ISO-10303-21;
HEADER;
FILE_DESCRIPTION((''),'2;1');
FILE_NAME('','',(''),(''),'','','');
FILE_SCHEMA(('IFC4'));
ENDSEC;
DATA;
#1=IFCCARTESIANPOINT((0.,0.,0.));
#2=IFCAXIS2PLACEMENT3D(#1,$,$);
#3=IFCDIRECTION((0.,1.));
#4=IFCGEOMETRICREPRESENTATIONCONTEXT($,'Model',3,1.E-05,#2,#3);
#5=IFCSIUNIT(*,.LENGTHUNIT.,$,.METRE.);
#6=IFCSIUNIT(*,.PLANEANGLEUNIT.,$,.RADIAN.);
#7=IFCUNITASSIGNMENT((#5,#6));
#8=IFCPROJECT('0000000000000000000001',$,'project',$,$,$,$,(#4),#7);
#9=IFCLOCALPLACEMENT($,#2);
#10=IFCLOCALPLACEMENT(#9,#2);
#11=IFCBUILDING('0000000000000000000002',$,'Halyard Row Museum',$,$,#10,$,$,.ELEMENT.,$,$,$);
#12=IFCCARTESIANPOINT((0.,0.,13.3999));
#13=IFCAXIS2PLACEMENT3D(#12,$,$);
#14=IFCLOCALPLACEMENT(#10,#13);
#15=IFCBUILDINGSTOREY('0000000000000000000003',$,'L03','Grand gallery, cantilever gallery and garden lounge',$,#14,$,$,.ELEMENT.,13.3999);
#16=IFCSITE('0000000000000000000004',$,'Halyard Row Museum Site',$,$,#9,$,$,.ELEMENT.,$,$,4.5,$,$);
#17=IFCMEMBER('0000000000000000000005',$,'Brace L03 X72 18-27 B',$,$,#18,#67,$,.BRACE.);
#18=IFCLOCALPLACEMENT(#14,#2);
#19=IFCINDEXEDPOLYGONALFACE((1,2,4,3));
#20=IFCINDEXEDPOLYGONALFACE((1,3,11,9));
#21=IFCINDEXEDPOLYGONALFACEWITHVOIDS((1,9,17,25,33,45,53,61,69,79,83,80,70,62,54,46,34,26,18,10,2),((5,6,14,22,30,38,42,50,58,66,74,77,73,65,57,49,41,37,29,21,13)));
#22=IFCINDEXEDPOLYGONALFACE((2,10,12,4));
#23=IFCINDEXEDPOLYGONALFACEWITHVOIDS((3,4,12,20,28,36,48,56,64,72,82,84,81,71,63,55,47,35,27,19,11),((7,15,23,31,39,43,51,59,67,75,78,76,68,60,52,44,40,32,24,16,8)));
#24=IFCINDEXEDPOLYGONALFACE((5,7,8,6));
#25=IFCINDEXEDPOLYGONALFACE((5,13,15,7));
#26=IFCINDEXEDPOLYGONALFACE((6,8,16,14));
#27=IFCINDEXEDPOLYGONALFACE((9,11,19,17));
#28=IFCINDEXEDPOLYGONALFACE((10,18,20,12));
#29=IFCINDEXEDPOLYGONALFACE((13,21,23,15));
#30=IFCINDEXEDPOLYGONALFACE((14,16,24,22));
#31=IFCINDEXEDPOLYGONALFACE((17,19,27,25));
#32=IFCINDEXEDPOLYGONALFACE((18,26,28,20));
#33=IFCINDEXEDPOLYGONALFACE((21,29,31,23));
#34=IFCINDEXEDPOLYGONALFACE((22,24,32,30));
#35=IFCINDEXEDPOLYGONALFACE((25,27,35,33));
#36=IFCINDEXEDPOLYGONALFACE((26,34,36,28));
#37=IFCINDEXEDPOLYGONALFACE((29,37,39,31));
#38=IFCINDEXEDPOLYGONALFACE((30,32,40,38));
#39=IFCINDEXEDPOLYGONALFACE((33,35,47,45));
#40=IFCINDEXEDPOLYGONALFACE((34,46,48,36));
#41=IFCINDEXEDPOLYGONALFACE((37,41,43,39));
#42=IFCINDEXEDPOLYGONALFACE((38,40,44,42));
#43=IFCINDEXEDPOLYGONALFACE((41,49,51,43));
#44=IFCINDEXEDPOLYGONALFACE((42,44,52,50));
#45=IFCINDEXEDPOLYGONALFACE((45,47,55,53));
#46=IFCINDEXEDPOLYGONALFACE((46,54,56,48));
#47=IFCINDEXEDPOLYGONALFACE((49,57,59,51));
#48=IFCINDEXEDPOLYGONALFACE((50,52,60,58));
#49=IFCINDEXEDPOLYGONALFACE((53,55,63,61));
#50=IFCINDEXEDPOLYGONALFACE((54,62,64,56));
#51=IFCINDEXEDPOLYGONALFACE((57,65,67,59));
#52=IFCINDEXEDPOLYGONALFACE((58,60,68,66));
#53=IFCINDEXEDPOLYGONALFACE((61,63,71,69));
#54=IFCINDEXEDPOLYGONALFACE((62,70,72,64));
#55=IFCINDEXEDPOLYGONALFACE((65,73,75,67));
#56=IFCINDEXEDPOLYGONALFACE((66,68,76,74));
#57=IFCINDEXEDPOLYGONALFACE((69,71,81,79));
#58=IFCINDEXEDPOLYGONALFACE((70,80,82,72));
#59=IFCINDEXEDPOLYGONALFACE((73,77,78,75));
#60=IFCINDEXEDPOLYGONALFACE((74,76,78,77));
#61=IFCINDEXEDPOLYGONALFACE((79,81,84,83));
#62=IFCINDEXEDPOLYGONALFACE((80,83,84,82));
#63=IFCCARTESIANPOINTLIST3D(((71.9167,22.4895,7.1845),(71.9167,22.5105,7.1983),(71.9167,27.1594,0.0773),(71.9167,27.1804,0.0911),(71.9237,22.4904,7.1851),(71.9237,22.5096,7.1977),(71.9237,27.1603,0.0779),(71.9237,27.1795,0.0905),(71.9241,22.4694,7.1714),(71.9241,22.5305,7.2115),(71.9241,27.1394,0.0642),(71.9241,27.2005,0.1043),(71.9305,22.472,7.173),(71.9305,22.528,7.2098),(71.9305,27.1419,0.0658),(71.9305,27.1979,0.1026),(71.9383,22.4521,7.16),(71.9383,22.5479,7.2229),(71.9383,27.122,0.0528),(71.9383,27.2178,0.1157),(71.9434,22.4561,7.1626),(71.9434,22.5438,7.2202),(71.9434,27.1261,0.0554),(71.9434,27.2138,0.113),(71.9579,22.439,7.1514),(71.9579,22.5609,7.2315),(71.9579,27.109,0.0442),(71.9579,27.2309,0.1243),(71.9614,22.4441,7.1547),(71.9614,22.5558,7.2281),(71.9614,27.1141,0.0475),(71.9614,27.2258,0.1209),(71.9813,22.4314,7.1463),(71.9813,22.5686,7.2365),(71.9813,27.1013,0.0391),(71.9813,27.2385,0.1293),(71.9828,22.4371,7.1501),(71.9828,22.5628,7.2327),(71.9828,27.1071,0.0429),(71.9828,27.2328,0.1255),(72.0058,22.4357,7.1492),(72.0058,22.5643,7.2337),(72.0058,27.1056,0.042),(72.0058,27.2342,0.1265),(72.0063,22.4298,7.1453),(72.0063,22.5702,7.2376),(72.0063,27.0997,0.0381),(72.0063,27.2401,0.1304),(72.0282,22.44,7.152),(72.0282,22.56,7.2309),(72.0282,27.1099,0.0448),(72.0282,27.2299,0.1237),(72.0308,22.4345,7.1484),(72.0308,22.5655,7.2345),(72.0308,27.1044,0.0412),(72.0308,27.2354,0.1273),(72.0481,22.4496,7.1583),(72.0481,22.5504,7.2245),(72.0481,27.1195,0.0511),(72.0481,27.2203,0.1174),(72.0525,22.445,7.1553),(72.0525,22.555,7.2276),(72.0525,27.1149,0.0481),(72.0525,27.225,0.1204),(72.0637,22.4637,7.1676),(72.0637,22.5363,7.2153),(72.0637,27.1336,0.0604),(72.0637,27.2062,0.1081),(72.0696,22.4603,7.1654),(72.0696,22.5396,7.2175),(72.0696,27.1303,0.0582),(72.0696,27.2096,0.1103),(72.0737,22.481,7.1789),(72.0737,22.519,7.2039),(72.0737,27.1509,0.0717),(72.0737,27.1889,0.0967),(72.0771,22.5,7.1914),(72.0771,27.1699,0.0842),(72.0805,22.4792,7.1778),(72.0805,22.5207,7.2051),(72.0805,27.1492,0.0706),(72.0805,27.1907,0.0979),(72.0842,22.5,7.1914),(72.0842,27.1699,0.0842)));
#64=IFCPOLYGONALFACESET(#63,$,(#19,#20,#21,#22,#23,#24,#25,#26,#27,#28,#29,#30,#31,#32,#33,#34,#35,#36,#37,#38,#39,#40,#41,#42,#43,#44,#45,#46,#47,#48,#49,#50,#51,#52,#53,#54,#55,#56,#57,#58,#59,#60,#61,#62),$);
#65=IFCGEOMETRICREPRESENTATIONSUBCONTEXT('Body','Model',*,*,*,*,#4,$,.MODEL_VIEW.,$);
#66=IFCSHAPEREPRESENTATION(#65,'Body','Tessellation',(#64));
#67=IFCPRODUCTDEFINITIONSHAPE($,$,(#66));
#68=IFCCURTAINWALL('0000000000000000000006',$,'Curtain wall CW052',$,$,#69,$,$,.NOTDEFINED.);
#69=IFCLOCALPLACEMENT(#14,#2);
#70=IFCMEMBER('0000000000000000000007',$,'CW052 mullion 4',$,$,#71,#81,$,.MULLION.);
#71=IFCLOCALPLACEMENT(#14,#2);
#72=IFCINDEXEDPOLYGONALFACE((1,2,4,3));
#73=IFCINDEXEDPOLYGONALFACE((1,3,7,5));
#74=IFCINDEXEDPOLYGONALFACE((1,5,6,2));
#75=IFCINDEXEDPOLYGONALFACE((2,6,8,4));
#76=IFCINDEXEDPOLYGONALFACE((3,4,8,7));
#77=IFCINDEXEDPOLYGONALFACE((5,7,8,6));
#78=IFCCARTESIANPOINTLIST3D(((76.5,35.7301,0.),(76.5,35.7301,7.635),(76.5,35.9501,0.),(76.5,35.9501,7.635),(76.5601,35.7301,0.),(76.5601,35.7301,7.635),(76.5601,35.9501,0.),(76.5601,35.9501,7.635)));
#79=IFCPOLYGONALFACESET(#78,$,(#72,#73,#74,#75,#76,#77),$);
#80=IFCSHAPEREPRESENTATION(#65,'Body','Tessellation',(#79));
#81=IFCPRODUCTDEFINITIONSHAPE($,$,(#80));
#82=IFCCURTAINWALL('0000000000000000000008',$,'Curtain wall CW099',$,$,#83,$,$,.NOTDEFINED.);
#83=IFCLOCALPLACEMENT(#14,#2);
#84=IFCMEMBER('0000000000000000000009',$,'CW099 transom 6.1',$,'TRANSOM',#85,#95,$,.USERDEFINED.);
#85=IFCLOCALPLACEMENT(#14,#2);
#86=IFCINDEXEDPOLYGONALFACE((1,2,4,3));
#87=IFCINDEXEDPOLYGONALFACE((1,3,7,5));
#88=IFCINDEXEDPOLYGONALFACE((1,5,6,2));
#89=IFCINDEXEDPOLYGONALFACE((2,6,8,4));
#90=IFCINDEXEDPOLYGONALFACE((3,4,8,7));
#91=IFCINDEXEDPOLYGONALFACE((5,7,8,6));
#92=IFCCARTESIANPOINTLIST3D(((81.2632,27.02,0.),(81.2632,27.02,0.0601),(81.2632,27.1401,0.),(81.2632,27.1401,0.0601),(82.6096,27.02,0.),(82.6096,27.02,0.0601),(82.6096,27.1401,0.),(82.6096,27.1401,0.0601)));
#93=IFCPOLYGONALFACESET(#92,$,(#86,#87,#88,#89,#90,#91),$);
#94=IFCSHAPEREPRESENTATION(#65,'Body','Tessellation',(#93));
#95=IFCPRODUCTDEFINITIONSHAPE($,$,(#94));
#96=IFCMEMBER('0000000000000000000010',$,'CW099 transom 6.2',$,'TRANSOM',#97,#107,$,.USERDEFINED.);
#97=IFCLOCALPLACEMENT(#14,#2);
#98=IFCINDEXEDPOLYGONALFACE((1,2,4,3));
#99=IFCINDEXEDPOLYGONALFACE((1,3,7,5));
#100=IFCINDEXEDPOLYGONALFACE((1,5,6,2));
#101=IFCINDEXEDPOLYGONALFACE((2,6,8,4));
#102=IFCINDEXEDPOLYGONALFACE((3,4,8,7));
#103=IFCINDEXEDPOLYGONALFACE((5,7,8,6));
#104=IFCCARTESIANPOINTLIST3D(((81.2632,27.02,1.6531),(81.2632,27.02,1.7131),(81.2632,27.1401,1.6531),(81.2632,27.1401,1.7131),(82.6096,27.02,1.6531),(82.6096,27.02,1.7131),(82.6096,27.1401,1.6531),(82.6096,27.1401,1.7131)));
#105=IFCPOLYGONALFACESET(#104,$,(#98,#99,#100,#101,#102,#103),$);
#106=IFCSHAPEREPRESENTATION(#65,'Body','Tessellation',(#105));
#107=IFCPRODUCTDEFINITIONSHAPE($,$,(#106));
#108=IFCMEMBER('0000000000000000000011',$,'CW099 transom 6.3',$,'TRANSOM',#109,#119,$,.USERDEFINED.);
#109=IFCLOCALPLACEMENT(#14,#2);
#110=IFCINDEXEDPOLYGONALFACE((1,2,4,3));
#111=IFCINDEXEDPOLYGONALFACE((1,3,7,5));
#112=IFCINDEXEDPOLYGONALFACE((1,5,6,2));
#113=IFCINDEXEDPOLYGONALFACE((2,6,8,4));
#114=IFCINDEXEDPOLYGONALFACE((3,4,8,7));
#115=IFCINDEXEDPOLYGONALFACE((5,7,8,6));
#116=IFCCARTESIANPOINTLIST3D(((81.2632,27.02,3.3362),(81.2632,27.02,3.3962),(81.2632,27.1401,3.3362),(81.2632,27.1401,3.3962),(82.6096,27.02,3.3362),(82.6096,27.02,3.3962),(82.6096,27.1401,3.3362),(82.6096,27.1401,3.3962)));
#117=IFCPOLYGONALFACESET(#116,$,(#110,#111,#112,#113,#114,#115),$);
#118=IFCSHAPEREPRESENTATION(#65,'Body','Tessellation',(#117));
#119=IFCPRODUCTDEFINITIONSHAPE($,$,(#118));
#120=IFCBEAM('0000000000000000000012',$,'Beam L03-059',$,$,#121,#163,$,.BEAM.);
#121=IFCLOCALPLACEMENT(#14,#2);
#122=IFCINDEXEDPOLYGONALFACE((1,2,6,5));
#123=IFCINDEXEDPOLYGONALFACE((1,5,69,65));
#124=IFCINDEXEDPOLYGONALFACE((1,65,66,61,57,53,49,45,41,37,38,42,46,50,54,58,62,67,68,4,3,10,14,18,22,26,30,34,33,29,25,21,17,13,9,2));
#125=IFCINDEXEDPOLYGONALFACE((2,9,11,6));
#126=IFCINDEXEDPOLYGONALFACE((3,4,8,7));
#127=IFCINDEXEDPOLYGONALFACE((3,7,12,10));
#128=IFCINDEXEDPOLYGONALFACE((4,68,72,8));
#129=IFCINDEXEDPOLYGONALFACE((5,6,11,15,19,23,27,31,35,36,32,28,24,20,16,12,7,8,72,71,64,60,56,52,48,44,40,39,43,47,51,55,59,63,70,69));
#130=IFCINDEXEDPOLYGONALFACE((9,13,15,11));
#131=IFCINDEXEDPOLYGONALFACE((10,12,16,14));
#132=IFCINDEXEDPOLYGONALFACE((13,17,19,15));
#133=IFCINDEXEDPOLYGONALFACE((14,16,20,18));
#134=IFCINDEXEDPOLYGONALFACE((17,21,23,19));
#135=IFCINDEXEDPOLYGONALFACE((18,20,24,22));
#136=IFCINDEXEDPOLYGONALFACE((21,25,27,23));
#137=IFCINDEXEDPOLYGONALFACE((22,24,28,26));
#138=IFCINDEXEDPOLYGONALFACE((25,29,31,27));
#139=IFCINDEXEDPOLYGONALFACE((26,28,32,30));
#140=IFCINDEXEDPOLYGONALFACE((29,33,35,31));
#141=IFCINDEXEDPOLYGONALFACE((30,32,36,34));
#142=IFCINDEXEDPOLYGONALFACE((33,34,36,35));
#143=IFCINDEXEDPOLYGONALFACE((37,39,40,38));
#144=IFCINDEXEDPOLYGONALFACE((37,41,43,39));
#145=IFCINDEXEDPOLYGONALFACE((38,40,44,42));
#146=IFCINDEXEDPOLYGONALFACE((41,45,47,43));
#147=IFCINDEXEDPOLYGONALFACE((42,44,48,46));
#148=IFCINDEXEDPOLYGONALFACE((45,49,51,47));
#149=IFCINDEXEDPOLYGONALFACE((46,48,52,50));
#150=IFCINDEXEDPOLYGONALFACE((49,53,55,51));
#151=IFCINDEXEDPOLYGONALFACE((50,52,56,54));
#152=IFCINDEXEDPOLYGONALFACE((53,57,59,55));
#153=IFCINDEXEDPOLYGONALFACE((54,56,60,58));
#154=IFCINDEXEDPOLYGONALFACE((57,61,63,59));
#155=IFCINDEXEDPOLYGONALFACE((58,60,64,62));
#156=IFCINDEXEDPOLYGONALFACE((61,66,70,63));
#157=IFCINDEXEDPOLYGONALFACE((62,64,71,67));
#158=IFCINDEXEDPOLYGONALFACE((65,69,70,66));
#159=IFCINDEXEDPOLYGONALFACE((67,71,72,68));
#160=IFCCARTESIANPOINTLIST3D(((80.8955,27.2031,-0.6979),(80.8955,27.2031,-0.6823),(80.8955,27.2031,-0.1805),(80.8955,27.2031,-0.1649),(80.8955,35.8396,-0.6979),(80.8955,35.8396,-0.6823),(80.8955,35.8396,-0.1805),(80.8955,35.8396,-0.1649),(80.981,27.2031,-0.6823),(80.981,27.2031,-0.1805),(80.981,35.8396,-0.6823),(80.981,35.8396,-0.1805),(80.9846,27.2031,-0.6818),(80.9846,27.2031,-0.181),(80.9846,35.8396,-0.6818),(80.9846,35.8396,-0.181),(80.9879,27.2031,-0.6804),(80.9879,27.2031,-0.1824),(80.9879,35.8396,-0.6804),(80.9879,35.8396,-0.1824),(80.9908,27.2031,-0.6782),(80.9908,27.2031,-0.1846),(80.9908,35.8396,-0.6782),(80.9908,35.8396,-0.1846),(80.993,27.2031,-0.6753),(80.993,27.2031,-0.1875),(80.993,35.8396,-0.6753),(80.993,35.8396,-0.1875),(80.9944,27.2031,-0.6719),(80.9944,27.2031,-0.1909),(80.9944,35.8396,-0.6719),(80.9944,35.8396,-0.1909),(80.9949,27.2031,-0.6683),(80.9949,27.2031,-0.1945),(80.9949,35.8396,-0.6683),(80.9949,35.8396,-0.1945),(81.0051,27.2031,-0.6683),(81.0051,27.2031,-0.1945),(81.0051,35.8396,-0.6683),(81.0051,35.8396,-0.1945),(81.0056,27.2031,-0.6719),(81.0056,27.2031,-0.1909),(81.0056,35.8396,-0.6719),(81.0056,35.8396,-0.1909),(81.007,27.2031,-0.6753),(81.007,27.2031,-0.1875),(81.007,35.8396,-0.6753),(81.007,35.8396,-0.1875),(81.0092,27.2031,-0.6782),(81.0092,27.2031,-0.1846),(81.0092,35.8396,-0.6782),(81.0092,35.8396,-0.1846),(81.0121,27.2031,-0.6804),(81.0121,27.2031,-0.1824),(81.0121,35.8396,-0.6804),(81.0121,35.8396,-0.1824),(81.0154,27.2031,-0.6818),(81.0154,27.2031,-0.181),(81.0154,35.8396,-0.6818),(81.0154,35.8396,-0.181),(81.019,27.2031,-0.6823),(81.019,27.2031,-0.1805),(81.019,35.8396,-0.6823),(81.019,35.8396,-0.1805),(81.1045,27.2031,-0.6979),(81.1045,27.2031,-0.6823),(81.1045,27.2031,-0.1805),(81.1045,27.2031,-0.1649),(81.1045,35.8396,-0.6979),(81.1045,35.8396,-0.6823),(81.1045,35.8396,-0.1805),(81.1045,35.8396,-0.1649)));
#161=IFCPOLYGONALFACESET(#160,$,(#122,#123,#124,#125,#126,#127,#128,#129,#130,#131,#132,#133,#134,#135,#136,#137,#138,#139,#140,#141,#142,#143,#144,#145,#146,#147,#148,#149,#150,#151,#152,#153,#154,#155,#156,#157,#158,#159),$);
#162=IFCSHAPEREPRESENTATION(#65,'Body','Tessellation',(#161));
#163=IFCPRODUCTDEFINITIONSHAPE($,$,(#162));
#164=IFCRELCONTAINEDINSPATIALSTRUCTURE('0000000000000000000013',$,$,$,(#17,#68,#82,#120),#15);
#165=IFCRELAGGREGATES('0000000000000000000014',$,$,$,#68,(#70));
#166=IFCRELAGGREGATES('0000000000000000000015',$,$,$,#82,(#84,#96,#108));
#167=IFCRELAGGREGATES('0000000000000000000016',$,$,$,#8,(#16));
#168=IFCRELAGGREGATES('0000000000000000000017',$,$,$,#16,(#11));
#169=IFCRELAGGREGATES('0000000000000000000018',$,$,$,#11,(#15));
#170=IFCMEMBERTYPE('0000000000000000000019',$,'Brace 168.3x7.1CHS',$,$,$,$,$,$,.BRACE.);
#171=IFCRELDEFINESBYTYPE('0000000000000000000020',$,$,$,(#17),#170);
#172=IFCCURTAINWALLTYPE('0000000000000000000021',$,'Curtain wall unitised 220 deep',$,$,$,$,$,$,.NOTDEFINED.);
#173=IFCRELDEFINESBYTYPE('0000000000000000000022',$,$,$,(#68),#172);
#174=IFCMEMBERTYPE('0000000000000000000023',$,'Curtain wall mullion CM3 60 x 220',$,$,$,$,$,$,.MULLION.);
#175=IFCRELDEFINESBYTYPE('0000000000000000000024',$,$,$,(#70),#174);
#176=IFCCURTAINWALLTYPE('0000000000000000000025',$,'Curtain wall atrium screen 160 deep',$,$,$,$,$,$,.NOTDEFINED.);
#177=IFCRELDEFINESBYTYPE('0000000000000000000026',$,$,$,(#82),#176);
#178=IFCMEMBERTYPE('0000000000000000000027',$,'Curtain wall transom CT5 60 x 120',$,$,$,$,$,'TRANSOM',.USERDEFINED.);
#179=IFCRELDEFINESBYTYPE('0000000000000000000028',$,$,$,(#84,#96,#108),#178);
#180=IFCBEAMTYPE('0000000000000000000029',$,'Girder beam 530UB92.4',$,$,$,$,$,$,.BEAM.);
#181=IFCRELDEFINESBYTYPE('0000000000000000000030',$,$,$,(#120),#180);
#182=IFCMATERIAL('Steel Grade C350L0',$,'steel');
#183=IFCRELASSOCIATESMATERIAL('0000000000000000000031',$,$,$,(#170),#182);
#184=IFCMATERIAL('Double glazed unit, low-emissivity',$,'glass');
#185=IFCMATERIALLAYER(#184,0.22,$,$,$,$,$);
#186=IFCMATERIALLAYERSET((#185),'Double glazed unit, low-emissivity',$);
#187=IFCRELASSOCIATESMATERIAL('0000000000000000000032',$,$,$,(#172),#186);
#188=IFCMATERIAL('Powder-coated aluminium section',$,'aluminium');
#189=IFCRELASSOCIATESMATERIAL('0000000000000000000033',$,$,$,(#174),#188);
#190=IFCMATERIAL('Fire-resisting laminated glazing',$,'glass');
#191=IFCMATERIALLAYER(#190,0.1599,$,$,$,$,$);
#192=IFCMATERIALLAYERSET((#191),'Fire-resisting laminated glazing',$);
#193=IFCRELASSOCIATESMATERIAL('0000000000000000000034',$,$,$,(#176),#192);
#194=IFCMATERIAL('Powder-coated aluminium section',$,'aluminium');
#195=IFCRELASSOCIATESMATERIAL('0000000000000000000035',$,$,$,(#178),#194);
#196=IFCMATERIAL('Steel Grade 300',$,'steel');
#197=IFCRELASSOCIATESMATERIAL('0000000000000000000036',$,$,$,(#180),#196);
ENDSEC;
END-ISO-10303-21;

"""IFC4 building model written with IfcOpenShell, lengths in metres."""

from ifc_helpers import new_model, si_unit, direction, frame, origin, origin_2d, place, context, subcontext, project, spatial, rectangle, hollow_circle, i_section, extrude, material, layer, layer_set, material_profile, profile_set, type_object, element, aggregate, save


model = new_model("IFC4")

# Units and contexts
model_context = context("Model", 3, precision=1e-05, world=origin(), true_north=direction((0.0, 1.0)))
body_context = subcontext(model_context, "Body", "Model", "MODEL_VIEW")
ifc_project = project(units=[si_unit("LENGTHUNIT", "METRE"), si_unit("PLANEANGLEUNIT", "RADIAN")], contexts=[model_context])

# Site, building, storey
site_placement = place(None, origin())
site = spatial("IfcSite", under=ifc_project, at=site_placement, Name="Halyard Row Museum Site", CompositionType="ELEMENT", RefElevation=4.5)
building_placement = place(site_placement, origin())
building = spatial("IfcBuilding", under=site, at=building_placement, Name="Halyard Row Museum", CompositionType="ELEMENT")
storey_placement = place(building_placement, frame((0.0, 0.0, 13.3999)))
storey = spatial("IfcBuildingStorey", under=building, at=storey_placement, Name="L03", Description="Grand gallery, cantilever gallery and garden lounge", CompositionType="ELEMENT", Elevation=13.3999)

# Member
ifc_material_1 = material(Name="Steel Grade C350L0", Category="steel")
ifc_material_profile_1 = material_profile(ifc_material_1, hollow_circle(Radius=0.0842, WallThickness=0.0071, at=origin_2d()), Name="168.3x7.1CHS")
ifc_profile_set_1 = profile_set([ifc_material_profile_1], Name="Steel Grade C350L0")
member_type_1 = type_object("IfcMemberType", Name="Brace 168.3x7.1CHS", PredefinedType="BRACE", material=ifc_profile_set_1)
member_1_placement = place(storey_placement, frame((72.0, 27.1699, 0.0842), z_axis=(0.0, -0.549136, 0.835733), x_axis=(1.0, 0.0, 0.0)))
element("IfcMember", 1, at=member_1_placement, inside=storey, type_object=member_type_1, Name="Brace L03 X72 18-27 B", PredefinedType="BRACE", context=body_context, shape_type="SweptSolid", body=[
    extrude(hollow_circle(Radius=0.0842, WallThickness=0.0071, at=origin_2d()), origin(), (0.0, 0.0, 1.0), 8.5042),
])

# Curtain wall, member
ifc_material_2 = material(Name="Double glazed unit, low-emissivity", Category="glass")
ifc_layer_1 = layer(ifc_material_2, 0.22)
ifc_layer_set_1 = layer_set([ifc_layer_1], Name="Double glazed unit, low-emissivity")
curtain_wall_type_1 = type_object("IfcCurtainWallType", Name="Curtain wall unitised 220 deep", PredefinedType="NOTDEFINED", material=ifc_layer_set_1)
curtain_wall_1_placement = place(storey_placement, origin())
curtain_wall_1 = element("IfcCurtainWall", 2, at=curtain_wall_1_placement, inside=storey, type_object=curtain_wall_type_1, Name="Curtain wall CW052", PredefinedType="NOTDEFINED")
ifc_material_3 = material(Name="Powder-coated aluminium section", Category="aluminium")
ifc_material_profile_2 = material_profile(ifc_material_3, rectangle(XDim=0.22, YDim=0.0601, at=origin_2d()), Name="220x60 mullion")
ifc_profile_set_2 = profile_set([ifc_material_profile_2], Name="Powder-coated aluminium section")
member_type_2 = type_object("IfcMemberType", Name="Curtain wall mullion CM3 60 x 220", PredefinedType="MULLION", material=ifc_profile_set_2)
member_2_placement = place(storey_placement, frame((76.53, 35.8401, 0.0), z_axis=(0.0, 0.0, 1.0), x_axis=(0.0, -1.0, 0.0)))
member_2 = element("IfcMember", 3, at=member_2_placement, type_object=member_type_2, Name="CW052 mullion 4", PredefinedType="MULLION", context=body_context, shape_type="SweptSolid", body=[
    extrude(rectangle(XDim=0.22, YDim=0.0601, at=origin_2d()), origin(), (0.0, 0.0, 1.0), 7.635),
])

# Curtain wall, members
ifc_material_4 = material(Name="Fire-resisting laminated glazing", Category="glass")
ifc_layer_2 = layer(ifc_material_4, 0.1599)
ifc_layer_set_2 = layer_set([ifc_layer_2], Name="Fire-resisting laminated glazing")
curtain_wall_type_2 = type_object("IfcCurtainWallType", Name="Curtain wall atrium screen 160 deep", PredefinedType="NOTDEFINED", material=ifc_layer_set_2)
curtain_wall_2_placement = place(storey_placement, origin())
curtain_wall_2 = element("IfcCurtainWall", 4, at=curtain_wall_2_placement, inside=storey, type_object=curtain_wall_type_2, Name="Curtain wall CW099", PredefinedType="NOTDEFINED")
ifc_material_5 = material(Name="Powder-coated aluminium section", Category="aluminium")
ifc_material_profile_3 = material_profile(ifc_material_5, rectangle(XDim=0.1201, YDim=0.0601, at=origin_2d()), Name="120x60 transom")
ifc_profile_set_3 = profile_set([ifc_material_profile_3], Name="Powder-coated aluminium section")
member_type_3 = type_object("IfcMemberType", Name="Curtain wall transom CT5 60 x 120", ElementType="TRANSOM", PredefinedType="USERDEFINED", material=ifc_profile_set_3)
member_3_placement = place(storey_placement, frame((82.6096, 27.0801, 0.03), z_axis=(-1.0, 0.0, 0.0), x_axis=(0.0, -1.0, 0.0)))
member_3 = element("IfcMember", 5, at=member_3_placement, type_object=member_type_3, Name="CW099 transom 6.1", ObjectType="TRANSOM", PredefinedType="USERDEFINED", context=body_context, shape_type="SweptSolid", body=[
    extrude(rectangle(XDim=0.1201, YDim=0.0601, at=origin_2d()), origin(), (0.0, 0.0, 1.0), 1.3464),
])
member_4_placement = place(storey_placement, frame((82.6096, 27.0801, 1.6831), z_axis=(-1.0, 0.0, 0.0), x_axis=(0.0, -1.0, 0.0)))
member_4 = element("IfcMember", 6, at=member_4_placement, type_object=member_type_3, Name="CW099 transom 6.2", ObjectType="TRANSOM", PredefinedType="USERDEFINED", context=body_context, shape_type="SweptSolid", body=[
    extrude(rectangle(XDim=0.1201, YDim=0.0601, at=origin_2d()), origin(), (0.0, 0.0, 1.0), 1.3464),
])
member_5_placement = place(storey_placement, frame((82.6096, 27.0801, 3.3662), z_axis=(-1.0, 0.0, 0.0), x_axis=(0.0, -1.0, 0.0)))
member_5 = element("IfcMember", 7, at=member_5_placement, type_object=member_type_3, Name="CW099 transom 6.3", ObjectType="TRANSOM", PredefinedType="USERDEFINED", context=body_context, shape_type="SweptSolid", body=[
    extrude(rectangle(XDim=0.1201, YDim=0.0601, at=origin_2d()), origin(), (0.0, 0.0, 1.0), 1.3464),
])

# Beam
ifc_material_6 = material(Name="Steel Grade 300", Category="steel")
ifc_material_profile_4 = material_profile(ifc_material_6, i_section(OverallWidth=0.209, OverallDepth=0.533, WebThickness=0.0103, FlangeThickness=0.0156, FilletRadius=0.0139, at=origin_2d()), Name="530UB92.4")
ifc_profile_set_4 = profile_set([ifc_material_profile_4], Name="Steel Grade 300")
beam_type_1 = type_object("IfcBeamType", Name="Girder beam 530UB92.4", PredefinedType="BEAM", material=ifc_profile_set_4)
beam_1_placement = place(storey_placement, frame((81.0, 27.2031, -0.4314), z_axis=(0.0, 1.0, 0.0), x_axis=(-1.0, 0.0, 0.0)))
element("IfcBeam", 8, at=beam_1_placement, inside=storey, type_object=beam_type_1, Name="Beam L03-059", PredefinedType="BEAM", context=body_context, shape_type="SweptSolid", body=[
    extrude(i_section(OverallWidth=0.209, OverallDepth=0.533, WebThickness=0.0103, FlangeThickness=0.0156, FilletRadius=0.0139, at=origin_2d()), origin(), (0.0, 0.0, 1.0), 8.6365),
])

aggregate(curtain_wall_1, [member_2])
aggregate(curtain_wall_2, [member_3, member_4, member_5])

save(model, "model.ifc")
